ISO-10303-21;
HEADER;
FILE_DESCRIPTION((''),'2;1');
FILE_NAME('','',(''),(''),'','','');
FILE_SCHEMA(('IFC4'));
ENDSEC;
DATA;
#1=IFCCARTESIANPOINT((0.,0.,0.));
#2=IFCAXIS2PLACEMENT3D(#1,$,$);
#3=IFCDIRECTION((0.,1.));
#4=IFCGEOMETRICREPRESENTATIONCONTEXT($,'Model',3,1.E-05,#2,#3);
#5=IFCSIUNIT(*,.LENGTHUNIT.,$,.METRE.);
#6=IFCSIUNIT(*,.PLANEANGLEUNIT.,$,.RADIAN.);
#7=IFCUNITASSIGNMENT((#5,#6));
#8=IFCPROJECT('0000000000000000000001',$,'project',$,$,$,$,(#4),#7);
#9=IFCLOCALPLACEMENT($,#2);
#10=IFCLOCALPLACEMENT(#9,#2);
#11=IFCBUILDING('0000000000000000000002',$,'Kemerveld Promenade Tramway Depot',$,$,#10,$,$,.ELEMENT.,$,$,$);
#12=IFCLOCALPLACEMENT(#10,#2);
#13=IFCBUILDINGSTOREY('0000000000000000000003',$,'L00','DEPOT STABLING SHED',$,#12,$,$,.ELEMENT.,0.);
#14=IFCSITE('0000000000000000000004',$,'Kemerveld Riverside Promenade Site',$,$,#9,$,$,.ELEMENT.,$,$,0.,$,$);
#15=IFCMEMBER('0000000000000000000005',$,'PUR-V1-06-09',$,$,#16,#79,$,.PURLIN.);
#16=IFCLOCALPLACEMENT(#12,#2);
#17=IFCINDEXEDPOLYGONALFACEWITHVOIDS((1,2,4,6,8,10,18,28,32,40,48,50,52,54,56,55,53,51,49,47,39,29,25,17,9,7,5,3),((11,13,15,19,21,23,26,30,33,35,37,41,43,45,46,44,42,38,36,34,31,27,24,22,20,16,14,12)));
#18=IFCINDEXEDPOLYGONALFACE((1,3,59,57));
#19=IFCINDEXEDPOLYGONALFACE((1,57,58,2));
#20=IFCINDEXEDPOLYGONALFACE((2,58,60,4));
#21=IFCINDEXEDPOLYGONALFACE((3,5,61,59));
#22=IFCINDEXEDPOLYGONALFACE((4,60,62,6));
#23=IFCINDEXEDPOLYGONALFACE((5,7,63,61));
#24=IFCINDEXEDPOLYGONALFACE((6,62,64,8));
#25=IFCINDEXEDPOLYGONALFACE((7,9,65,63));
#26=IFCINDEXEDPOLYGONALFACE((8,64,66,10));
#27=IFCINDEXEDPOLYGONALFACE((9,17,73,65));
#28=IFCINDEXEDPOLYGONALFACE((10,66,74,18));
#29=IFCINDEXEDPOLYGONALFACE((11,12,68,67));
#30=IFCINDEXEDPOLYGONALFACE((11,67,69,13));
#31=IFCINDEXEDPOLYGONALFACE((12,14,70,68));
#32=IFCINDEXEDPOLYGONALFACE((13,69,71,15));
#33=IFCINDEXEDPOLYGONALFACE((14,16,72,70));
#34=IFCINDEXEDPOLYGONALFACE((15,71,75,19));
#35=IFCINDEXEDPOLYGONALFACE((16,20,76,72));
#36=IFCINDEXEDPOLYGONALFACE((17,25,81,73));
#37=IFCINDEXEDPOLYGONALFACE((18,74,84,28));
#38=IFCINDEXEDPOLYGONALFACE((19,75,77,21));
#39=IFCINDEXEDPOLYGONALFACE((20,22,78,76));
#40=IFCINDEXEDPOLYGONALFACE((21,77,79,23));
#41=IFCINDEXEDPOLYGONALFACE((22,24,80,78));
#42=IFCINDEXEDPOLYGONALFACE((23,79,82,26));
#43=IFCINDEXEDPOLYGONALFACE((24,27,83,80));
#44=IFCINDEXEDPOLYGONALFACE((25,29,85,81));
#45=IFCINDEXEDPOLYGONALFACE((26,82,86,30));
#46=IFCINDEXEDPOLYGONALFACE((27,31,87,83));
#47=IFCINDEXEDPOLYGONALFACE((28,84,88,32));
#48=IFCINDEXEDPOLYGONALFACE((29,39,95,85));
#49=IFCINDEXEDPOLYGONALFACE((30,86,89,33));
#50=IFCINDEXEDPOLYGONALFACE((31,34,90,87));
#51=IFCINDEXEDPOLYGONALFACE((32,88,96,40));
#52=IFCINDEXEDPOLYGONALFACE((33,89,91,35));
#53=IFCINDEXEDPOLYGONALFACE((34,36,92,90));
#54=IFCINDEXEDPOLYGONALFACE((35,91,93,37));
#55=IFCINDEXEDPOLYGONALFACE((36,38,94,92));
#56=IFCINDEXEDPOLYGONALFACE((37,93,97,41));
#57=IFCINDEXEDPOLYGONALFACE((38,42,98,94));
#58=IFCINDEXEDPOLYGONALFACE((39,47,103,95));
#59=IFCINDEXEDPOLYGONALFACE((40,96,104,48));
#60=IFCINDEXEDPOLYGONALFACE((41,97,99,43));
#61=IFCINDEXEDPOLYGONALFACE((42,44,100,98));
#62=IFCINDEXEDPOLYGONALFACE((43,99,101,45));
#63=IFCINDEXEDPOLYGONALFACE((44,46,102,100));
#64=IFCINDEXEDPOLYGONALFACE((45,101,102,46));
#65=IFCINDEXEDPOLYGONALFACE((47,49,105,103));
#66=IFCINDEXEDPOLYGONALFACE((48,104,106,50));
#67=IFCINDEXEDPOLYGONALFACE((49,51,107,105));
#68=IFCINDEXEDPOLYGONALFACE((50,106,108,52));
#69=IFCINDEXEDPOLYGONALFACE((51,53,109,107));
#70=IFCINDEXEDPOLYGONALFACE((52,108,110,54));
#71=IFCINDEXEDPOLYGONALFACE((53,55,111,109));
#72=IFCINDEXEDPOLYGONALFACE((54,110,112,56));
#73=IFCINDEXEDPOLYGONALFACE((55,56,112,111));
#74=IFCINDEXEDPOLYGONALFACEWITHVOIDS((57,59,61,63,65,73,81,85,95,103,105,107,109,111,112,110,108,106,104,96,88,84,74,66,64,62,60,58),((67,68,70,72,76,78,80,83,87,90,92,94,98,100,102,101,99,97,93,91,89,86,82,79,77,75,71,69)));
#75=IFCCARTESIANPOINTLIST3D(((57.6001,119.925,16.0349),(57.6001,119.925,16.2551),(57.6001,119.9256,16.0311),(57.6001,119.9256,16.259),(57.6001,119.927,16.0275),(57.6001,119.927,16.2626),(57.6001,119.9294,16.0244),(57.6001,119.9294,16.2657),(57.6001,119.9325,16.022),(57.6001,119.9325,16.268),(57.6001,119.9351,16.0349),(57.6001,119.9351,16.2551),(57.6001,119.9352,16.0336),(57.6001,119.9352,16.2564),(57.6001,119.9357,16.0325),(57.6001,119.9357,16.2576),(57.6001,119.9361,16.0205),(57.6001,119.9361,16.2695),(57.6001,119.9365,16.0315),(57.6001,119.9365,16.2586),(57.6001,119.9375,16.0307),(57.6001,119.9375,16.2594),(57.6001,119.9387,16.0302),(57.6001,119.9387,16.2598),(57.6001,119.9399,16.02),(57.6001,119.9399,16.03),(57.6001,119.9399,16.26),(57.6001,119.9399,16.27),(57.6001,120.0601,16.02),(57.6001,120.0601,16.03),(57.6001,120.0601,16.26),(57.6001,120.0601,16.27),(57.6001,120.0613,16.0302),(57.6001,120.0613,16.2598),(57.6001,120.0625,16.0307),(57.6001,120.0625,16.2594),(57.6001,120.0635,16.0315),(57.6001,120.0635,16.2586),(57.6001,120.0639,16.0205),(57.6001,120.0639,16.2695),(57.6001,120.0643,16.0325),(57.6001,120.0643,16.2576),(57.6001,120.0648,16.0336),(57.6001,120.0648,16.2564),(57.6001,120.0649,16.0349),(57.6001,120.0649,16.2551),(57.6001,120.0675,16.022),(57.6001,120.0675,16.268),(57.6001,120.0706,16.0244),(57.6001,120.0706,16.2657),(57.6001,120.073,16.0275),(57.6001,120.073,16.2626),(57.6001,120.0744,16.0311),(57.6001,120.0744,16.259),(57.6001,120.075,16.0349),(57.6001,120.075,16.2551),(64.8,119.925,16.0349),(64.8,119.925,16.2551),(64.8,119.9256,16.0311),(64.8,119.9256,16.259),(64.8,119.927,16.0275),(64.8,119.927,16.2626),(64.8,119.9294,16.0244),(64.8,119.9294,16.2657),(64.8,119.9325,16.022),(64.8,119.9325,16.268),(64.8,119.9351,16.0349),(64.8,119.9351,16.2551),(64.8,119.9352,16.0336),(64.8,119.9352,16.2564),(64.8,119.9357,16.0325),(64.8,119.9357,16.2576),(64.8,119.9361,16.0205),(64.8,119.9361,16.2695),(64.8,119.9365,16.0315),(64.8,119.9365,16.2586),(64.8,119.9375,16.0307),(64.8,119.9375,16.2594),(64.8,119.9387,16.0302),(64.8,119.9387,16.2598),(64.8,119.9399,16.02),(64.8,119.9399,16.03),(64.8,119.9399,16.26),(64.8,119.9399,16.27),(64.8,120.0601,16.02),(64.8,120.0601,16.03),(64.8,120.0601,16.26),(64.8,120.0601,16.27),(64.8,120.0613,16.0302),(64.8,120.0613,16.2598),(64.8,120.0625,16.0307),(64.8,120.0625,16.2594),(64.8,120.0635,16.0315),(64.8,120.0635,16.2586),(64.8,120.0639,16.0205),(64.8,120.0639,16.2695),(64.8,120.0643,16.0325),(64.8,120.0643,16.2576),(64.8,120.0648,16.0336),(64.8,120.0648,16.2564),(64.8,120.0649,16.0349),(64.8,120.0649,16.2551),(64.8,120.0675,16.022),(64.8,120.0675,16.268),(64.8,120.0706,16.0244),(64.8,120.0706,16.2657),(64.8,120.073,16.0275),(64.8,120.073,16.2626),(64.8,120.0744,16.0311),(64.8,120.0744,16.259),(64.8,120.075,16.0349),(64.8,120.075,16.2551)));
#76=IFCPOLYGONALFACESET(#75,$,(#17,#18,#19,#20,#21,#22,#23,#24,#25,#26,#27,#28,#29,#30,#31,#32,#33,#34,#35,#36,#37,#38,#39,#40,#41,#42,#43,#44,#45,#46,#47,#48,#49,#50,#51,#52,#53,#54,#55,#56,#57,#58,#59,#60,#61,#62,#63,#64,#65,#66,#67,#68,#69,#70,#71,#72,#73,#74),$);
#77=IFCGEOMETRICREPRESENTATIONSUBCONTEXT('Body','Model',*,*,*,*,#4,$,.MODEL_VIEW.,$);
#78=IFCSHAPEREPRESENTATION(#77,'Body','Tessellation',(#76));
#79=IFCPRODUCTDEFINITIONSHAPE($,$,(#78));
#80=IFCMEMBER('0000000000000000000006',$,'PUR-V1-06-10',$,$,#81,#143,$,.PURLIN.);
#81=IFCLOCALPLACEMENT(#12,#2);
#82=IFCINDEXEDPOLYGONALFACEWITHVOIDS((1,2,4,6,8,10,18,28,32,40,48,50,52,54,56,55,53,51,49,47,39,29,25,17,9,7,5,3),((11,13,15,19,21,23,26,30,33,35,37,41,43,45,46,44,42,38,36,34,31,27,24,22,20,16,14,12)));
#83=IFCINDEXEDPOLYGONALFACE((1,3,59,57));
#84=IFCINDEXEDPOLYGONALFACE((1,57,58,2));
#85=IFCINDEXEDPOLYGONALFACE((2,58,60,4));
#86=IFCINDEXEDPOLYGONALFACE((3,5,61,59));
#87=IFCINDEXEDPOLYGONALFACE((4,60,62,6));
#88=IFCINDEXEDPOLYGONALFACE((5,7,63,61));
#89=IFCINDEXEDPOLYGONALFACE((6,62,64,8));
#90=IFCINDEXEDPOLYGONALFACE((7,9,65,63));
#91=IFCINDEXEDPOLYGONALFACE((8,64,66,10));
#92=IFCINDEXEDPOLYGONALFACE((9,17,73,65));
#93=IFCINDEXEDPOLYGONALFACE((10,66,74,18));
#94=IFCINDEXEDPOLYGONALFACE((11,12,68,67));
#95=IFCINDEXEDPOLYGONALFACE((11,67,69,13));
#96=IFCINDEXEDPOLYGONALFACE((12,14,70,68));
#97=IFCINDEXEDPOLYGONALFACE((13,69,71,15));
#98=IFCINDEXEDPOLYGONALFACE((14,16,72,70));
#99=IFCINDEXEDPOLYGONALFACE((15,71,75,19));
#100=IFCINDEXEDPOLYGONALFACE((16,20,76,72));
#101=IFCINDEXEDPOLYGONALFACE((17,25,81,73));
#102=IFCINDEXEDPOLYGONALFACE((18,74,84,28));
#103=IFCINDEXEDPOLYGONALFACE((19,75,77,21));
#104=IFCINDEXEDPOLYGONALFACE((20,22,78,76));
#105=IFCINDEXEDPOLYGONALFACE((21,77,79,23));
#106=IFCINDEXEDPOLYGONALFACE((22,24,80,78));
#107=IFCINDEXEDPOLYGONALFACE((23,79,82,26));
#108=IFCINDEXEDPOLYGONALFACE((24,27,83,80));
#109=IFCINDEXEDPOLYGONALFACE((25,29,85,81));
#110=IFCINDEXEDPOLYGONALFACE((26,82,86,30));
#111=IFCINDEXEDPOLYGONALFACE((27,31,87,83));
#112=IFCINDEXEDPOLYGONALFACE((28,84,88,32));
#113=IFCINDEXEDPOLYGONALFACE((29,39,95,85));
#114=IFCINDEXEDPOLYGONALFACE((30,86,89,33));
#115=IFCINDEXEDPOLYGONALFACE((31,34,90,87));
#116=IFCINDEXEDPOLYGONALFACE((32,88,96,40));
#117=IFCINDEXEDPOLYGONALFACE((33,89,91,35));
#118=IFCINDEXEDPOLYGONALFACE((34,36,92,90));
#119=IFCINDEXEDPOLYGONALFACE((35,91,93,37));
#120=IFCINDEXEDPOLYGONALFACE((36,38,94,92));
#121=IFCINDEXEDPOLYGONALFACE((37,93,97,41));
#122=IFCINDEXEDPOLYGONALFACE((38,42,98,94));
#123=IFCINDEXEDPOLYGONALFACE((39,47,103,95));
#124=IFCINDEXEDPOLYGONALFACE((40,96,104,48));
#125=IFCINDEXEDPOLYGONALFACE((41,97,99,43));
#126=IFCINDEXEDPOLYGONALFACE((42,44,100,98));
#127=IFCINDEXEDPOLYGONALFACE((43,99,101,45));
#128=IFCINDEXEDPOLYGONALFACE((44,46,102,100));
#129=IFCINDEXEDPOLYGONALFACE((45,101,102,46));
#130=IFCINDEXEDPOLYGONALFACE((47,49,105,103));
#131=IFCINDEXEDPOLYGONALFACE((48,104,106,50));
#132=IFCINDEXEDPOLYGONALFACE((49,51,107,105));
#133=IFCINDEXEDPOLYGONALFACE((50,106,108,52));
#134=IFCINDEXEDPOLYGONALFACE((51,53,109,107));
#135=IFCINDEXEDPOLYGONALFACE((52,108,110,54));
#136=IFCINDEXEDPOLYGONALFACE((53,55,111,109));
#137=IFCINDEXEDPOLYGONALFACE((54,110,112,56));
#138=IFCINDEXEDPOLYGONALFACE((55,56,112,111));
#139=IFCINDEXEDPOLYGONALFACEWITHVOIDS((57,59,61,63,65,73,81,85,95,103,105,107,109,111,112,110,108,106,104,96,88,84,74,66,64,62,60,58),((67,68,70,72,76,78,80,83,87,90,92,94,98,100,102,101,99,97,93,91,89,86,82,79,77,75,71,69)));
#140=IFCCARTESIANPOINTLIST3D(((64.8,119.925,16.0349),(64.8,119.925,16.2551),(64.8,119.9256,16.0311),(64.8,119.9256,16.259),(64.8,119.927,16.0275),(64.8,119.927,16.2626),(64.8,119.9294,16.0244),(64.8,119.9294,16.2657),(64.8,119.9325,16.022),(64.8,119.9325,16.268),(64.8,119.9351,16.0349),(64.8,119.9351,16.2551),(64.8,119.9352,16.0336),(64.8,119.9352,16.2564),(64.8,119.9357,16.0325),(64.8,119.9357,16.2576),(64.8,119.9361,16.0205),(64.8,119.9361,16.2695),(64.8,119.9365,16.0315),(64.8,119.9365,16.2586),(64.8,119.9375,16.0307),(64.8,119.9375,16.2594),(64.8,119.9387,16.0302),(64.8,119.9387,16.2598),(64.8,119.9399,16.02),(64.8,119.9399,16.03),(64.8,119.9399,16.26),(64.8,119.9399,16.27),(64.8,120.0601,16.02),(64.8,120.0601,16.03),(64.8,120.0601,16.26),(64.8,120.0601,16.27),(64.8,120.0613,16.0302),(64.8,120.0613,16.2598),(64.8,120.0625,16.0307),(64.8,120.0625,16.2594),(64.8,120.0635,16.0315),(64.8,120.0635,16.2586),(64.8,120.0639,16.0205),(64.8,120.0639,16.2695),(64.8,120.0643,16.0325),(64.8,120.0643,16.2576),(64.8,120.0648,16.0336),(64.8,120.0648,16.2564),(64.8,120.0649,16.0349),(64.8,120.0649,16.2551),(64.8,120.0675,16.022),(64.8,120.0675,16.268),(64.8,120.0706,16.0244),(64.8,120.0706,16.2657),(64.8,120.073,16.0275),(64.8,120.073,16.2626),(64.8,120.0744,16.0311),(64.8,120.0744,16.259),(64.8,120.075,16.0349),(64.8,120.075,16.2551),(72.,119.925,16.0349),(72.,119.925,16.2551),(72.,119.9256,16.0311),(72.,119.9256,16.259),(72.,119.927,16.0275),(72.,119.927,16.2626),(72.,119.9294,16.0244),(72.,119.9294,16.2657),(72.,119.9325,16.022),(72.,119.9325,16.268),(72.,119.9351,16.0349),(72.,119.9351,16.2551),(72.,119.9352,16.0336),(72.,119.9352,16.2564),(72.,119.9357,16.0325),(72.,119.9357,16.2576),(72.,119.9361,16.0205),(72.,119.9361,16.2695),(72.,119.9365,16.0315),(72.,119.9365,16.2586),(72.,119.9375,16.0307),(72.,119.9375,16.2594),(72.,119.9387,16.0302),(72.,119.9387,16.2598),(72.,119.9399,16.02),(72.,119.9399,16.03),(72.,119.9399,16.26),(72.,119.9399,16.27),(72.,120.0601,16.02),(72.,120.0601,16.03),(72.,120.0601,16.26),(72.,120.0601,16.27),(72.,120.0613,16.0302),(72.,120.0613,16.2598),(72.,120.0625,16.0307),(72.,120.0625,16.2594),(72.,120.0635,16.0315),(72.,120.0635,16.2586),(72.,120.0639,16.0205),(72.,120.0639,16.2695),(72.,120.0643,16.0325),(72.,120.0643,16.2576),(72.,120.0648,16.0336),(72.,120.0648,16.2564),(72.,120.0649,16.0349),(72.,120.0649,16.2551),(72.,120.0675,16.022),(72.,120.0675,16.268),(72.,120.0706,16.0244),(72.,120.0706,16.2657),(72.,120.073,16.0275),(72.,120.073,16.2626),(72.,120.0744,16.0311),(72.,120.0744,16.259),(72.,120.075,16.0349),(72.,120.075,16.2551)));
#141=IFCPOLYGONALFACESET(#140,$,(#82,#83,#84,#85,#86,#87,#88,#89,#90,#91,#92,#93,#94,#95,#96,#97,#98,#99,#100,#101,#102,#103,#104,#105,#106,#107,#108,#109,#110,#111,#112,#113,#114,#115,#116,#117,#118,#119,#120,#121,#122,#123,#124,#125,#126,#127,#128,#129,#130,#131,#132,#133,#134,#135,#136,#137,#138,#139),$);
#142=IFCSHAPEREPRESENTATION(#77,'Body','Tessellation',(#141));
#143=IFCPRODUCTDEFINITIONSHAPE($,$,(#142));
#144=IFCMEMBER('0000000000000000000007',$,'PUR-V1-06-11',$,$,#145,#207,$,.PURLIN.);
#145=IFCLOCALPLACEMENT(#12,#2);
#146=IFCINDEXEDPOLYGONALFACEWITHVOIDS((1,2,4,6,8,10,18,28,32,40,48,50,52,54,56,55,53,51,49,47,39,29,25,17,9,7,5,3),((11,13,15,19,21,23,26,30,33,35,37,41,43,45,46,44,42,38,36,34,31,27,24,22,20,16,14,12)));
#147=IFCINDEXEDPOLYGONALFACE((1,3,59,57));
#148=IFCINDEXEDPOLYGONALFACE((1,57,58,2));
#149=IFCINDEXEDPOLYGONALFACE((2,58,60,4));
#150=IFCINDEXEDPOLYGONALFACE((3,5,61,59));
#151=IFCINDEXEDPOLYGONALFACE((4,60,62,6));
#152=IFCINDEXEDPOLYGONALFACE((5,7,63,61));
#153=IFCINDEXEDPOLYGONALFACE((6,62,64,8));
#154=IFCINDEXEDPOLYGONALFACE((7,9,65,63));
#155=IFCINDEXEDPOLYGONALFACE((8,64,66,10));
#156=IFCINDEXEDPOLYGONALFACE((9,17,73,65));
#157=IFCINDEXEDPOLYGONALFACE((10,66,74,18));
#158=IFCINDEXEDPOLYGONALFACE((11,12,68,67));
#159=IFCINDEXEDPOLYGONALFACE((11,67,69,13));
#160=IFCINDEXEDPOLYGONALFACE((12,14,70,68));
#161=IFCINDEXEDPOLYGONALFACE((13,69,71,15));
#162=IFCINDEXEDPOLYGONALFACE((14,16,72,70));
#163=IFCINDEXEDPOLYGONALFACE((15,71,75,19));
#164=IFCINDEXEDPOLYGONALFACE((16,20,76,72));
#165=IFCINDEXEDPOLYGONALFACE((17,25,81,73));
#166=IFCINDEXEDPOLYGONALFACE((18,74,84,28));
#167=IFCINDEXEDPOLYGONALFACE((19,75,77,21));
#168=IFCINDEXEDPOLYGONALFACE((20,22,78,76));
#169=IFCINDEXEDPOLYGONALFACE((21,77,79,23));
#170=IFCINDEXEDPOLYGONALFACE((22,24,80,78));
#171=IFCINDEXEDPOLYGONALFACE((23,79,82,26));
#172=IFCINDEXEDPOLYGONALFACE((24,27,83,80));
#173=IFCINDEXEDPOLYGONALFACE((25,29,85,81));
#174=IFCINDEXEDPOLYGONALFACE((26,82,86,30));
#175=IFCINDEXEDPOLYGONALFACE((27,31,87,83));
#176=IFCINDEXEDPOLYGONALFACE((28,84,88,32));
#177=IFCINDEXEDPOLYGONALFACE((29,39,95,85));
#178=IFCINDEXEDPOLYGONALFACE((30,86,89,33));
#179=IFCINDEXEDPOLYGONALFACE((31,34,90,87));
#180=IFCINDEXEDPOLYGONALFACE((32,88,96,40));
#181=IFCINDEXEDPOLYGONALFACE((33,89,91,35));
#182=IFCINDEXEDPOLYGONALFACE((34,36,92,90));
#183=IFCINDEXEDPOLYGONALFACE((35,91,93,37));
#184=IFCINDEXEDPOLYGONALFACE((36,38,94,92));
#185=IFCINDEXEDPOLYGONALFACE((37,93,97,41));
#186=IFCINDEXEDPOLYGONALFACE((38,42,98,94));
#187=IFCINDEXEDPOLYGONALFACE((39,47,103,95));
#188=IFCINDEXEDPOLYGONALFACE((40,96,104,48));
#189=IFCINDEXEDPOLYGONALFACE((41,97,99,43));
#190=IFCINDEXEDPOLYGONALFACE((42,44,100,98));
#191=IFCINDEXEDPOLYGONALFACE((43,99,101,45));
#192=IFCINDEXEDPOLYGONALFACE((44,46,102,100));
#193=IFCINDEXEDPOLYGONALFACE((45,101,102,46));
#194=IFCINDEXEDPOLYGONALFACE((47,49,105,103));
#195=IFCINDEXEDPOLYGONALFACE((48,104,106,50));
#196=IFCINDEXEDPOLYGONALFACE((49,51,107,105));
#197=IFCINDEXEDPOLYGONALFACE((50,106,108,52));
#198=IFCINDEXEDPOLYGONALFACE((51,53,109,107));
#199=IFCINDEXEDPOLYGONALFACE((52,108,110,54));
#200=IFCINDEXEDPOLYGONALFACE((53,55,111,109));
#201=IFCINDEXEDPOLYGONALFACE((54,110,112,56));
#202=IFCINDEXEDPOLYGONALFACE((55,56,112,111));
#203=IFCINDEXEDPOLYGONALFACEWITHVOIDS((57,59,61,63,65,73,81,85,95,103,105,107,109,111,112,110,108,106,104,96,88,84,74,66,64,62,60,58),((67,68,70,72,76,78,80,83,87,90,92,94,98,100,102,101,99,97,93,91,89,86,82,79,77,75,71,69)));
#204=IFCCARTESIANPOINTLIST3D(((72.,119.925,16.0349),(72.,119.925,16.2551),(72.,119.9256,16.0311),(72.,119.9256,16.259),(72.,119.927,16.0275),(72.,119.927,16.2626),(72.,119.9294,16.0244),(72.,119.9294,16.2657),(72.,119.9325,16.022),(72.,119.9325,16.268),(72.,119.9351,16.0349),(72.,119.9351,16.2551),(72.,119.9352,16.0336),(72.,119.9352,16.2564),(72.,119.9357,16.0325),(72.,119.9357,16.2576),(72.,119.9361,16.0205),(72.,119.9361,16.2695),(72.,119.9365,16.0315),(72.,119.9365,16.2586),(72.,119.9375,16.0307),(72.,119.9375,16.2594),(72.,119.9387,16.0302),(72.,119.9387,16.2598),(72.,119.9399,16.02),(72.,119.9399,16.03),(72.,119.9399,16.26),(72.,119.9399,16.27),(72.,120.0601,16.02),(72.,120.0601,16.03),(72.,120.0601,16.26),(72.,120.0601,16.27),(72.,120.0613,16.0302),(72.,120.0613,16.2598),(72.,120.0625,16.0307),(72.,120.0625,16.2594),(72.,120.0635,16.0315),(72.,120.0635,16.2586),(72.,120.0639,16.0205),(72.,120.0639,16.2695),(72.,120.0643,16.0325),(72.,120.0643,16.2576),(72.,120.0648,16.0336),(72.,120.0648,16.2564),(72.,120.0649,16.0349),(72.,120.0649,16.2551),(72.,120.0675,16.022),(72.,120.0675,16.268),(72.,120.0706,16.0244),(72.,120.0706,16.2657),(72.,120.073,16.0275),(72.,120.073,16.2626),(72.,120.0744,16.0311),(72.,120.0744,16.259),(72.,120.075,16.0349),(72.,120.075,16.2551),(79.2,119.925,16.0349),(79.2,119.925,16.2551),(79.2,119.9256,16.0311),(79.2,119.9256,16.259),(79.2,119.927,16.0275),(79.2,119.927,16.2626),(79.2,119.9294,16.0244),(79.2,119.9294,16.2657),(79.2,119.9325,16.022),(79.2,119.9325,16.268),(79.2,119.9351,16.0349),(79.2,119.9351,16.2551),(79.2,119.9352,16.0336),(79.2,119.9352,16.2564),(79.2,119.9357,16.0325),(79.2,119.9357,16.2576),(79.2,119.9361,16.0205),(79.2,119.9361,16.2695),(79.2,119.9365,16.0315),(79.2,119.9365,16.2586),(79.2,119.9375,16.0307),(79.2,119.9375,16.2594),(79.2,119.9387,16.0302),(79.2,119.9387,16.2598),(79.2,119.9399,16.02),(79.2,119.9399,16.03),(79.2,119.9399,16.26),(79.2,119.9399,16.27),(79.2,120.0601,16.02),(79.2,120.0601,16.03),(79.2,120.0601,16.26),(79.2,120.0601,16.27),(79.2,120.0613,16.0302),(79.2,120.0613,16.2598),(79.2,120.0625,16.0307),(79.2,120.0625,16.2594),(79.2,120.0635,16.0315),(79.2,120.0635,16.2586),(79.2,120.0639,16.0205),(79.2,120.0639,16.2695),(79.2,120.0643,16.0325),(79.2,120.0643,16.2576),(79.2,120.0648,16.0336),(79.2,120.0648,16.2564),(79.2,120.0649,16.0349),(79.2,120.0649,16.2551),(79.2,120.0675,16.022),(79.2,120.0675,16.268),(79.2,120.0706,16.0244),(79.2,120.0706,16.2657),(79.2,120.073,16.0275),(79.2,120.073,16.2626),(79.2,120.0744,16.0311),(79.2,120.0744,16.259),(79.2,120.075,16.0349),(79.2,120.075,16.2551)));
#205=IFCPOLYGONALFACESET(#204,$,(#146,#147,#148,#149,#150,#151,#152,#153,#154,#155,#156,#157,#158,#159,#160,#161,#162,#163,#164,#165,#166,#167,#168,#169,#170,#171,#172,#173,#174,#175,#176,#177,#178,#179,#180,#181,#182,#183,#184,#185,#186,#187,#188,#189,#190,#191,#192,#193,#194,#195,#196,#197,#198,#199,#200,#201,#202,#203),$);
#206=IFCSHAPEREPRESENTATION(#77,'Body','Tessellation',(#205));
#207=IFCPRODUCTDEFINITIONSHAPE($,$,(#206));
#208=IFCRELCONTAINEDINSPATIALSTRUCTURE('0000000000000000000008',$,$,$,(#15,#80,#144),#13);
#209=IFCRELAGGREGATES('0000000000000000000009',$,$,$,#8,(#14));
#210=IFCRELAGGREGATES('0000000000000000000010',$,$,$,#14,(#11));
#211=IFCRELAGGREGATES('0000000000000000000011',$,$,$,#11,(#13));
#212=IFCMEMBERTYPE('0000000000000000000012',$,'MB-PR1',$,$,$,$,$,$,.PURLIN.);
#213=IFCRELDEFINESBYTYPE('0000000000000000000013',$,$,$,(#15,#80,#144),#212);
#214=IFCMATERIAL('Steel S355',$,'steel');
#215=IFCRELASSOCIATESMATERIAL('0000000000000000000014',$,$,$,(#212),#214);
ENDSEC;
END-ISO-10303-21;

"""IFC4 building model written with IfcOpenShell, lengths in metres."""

from ifc_helpers import new_model, si_unit, direction, frame, origin, origin_2d, place, context, subcontext, project, spatial, hollow_rectangle, extrude, material, material_profile, profile_set, type_object, element, save


model = new_model("IFC4")

# Units and contexts
model_context = context("Model", 3, precision=1e-05, world=origin(), true_north=direction((0.0, 1.0)))
body_context = subcontext(model_context, "Body", "Model", "MODEL_VIEW")
ifc_project = project(units=[si_unit("LENGTHUNIT", "METRE"), si_unit("PLANEANGLEUNIT", "RADIAN")], contexts=[model_context])

# Site, building, storey
site_placement = place(None, origin())
site = spatial("IfcSite", under=ifc_project, at=site_placement, Name="Kemerveld Riverside Promenade Site", CompositionType="ELEMENT", RefElevation=0.0)
building_placement = place(site_placement, origin())
building = spatial("IfcBuilding", under=site, at=building_placement, Name="Kemerveld Promenade Tramway Depot", CompositionType="ELEMENT")
storey_placement = place(building_placement, origin())
storey = spatial("IfcBuildingStorey", under=building, at=storey_placement, Name="L00", Description="DEPOT STABLING SHED", CompositionType="ELEMENT", Elevation=0.0)

# Members
ifc_material_1 = material(Name="Steel S355", Category="steel")
ifc_material_profile_1 = material_profile(ifc_material_1, hollow_rectangle(XDim=0.1499, YDim=0.25, WallThickness=0.01, InnerFilletRadius=0.0049, OuterFilletRadius=0.0149, at=origin_2d()), Name="250x150x10.0 RHS")
ifc_profile_set_1 = profile_set([ifc_material_profile_1], Name="Steel S355")
member_type_1 = type_object("IfcMemberType", Name="MB-PR1", PredefinedType="PURLIN", material=ifc_profile_set_1)
for number, where, z_axis, x_axis, name in (
    (1, (57.6001, 120.0, 16.145), (1.0, 0.0, 0.0), (0.0, 1.0, 0.0), "PUR-V1-06-09"),
    (2, (64.8, 120.0, 16.145), (1.0, 0.0, 0.0), (0.0, 1.0, 0.0), "PUR-V1-06-10"),
    (3, (72.0, 120.0, 16.145), (1.0, 0.0, 0.0), (0.0, 1.0, 0.0), "PUR-V1-06-11"),
):
    element("IfcMember", number, at=place(storey_placement, frame(where, z_axis=z_axis, x_axis=x_axis)), inside=storey, type_object=member_type_1, Name=name, PredefinedType="PURLIN", context=body_context, shape_type="SweptSolid", body=[
        extrude(hollow_rectangle(XDim=0.1499, YDim=0.25, WallThickness=0.01, InnerFilletRadius=0.0049, OuterFilletRadius=0.0149, at=origin_2d()), origin(), (0.0, 0.0, 1.0), 7.2),
    ])

save(model, "model.ifc")
